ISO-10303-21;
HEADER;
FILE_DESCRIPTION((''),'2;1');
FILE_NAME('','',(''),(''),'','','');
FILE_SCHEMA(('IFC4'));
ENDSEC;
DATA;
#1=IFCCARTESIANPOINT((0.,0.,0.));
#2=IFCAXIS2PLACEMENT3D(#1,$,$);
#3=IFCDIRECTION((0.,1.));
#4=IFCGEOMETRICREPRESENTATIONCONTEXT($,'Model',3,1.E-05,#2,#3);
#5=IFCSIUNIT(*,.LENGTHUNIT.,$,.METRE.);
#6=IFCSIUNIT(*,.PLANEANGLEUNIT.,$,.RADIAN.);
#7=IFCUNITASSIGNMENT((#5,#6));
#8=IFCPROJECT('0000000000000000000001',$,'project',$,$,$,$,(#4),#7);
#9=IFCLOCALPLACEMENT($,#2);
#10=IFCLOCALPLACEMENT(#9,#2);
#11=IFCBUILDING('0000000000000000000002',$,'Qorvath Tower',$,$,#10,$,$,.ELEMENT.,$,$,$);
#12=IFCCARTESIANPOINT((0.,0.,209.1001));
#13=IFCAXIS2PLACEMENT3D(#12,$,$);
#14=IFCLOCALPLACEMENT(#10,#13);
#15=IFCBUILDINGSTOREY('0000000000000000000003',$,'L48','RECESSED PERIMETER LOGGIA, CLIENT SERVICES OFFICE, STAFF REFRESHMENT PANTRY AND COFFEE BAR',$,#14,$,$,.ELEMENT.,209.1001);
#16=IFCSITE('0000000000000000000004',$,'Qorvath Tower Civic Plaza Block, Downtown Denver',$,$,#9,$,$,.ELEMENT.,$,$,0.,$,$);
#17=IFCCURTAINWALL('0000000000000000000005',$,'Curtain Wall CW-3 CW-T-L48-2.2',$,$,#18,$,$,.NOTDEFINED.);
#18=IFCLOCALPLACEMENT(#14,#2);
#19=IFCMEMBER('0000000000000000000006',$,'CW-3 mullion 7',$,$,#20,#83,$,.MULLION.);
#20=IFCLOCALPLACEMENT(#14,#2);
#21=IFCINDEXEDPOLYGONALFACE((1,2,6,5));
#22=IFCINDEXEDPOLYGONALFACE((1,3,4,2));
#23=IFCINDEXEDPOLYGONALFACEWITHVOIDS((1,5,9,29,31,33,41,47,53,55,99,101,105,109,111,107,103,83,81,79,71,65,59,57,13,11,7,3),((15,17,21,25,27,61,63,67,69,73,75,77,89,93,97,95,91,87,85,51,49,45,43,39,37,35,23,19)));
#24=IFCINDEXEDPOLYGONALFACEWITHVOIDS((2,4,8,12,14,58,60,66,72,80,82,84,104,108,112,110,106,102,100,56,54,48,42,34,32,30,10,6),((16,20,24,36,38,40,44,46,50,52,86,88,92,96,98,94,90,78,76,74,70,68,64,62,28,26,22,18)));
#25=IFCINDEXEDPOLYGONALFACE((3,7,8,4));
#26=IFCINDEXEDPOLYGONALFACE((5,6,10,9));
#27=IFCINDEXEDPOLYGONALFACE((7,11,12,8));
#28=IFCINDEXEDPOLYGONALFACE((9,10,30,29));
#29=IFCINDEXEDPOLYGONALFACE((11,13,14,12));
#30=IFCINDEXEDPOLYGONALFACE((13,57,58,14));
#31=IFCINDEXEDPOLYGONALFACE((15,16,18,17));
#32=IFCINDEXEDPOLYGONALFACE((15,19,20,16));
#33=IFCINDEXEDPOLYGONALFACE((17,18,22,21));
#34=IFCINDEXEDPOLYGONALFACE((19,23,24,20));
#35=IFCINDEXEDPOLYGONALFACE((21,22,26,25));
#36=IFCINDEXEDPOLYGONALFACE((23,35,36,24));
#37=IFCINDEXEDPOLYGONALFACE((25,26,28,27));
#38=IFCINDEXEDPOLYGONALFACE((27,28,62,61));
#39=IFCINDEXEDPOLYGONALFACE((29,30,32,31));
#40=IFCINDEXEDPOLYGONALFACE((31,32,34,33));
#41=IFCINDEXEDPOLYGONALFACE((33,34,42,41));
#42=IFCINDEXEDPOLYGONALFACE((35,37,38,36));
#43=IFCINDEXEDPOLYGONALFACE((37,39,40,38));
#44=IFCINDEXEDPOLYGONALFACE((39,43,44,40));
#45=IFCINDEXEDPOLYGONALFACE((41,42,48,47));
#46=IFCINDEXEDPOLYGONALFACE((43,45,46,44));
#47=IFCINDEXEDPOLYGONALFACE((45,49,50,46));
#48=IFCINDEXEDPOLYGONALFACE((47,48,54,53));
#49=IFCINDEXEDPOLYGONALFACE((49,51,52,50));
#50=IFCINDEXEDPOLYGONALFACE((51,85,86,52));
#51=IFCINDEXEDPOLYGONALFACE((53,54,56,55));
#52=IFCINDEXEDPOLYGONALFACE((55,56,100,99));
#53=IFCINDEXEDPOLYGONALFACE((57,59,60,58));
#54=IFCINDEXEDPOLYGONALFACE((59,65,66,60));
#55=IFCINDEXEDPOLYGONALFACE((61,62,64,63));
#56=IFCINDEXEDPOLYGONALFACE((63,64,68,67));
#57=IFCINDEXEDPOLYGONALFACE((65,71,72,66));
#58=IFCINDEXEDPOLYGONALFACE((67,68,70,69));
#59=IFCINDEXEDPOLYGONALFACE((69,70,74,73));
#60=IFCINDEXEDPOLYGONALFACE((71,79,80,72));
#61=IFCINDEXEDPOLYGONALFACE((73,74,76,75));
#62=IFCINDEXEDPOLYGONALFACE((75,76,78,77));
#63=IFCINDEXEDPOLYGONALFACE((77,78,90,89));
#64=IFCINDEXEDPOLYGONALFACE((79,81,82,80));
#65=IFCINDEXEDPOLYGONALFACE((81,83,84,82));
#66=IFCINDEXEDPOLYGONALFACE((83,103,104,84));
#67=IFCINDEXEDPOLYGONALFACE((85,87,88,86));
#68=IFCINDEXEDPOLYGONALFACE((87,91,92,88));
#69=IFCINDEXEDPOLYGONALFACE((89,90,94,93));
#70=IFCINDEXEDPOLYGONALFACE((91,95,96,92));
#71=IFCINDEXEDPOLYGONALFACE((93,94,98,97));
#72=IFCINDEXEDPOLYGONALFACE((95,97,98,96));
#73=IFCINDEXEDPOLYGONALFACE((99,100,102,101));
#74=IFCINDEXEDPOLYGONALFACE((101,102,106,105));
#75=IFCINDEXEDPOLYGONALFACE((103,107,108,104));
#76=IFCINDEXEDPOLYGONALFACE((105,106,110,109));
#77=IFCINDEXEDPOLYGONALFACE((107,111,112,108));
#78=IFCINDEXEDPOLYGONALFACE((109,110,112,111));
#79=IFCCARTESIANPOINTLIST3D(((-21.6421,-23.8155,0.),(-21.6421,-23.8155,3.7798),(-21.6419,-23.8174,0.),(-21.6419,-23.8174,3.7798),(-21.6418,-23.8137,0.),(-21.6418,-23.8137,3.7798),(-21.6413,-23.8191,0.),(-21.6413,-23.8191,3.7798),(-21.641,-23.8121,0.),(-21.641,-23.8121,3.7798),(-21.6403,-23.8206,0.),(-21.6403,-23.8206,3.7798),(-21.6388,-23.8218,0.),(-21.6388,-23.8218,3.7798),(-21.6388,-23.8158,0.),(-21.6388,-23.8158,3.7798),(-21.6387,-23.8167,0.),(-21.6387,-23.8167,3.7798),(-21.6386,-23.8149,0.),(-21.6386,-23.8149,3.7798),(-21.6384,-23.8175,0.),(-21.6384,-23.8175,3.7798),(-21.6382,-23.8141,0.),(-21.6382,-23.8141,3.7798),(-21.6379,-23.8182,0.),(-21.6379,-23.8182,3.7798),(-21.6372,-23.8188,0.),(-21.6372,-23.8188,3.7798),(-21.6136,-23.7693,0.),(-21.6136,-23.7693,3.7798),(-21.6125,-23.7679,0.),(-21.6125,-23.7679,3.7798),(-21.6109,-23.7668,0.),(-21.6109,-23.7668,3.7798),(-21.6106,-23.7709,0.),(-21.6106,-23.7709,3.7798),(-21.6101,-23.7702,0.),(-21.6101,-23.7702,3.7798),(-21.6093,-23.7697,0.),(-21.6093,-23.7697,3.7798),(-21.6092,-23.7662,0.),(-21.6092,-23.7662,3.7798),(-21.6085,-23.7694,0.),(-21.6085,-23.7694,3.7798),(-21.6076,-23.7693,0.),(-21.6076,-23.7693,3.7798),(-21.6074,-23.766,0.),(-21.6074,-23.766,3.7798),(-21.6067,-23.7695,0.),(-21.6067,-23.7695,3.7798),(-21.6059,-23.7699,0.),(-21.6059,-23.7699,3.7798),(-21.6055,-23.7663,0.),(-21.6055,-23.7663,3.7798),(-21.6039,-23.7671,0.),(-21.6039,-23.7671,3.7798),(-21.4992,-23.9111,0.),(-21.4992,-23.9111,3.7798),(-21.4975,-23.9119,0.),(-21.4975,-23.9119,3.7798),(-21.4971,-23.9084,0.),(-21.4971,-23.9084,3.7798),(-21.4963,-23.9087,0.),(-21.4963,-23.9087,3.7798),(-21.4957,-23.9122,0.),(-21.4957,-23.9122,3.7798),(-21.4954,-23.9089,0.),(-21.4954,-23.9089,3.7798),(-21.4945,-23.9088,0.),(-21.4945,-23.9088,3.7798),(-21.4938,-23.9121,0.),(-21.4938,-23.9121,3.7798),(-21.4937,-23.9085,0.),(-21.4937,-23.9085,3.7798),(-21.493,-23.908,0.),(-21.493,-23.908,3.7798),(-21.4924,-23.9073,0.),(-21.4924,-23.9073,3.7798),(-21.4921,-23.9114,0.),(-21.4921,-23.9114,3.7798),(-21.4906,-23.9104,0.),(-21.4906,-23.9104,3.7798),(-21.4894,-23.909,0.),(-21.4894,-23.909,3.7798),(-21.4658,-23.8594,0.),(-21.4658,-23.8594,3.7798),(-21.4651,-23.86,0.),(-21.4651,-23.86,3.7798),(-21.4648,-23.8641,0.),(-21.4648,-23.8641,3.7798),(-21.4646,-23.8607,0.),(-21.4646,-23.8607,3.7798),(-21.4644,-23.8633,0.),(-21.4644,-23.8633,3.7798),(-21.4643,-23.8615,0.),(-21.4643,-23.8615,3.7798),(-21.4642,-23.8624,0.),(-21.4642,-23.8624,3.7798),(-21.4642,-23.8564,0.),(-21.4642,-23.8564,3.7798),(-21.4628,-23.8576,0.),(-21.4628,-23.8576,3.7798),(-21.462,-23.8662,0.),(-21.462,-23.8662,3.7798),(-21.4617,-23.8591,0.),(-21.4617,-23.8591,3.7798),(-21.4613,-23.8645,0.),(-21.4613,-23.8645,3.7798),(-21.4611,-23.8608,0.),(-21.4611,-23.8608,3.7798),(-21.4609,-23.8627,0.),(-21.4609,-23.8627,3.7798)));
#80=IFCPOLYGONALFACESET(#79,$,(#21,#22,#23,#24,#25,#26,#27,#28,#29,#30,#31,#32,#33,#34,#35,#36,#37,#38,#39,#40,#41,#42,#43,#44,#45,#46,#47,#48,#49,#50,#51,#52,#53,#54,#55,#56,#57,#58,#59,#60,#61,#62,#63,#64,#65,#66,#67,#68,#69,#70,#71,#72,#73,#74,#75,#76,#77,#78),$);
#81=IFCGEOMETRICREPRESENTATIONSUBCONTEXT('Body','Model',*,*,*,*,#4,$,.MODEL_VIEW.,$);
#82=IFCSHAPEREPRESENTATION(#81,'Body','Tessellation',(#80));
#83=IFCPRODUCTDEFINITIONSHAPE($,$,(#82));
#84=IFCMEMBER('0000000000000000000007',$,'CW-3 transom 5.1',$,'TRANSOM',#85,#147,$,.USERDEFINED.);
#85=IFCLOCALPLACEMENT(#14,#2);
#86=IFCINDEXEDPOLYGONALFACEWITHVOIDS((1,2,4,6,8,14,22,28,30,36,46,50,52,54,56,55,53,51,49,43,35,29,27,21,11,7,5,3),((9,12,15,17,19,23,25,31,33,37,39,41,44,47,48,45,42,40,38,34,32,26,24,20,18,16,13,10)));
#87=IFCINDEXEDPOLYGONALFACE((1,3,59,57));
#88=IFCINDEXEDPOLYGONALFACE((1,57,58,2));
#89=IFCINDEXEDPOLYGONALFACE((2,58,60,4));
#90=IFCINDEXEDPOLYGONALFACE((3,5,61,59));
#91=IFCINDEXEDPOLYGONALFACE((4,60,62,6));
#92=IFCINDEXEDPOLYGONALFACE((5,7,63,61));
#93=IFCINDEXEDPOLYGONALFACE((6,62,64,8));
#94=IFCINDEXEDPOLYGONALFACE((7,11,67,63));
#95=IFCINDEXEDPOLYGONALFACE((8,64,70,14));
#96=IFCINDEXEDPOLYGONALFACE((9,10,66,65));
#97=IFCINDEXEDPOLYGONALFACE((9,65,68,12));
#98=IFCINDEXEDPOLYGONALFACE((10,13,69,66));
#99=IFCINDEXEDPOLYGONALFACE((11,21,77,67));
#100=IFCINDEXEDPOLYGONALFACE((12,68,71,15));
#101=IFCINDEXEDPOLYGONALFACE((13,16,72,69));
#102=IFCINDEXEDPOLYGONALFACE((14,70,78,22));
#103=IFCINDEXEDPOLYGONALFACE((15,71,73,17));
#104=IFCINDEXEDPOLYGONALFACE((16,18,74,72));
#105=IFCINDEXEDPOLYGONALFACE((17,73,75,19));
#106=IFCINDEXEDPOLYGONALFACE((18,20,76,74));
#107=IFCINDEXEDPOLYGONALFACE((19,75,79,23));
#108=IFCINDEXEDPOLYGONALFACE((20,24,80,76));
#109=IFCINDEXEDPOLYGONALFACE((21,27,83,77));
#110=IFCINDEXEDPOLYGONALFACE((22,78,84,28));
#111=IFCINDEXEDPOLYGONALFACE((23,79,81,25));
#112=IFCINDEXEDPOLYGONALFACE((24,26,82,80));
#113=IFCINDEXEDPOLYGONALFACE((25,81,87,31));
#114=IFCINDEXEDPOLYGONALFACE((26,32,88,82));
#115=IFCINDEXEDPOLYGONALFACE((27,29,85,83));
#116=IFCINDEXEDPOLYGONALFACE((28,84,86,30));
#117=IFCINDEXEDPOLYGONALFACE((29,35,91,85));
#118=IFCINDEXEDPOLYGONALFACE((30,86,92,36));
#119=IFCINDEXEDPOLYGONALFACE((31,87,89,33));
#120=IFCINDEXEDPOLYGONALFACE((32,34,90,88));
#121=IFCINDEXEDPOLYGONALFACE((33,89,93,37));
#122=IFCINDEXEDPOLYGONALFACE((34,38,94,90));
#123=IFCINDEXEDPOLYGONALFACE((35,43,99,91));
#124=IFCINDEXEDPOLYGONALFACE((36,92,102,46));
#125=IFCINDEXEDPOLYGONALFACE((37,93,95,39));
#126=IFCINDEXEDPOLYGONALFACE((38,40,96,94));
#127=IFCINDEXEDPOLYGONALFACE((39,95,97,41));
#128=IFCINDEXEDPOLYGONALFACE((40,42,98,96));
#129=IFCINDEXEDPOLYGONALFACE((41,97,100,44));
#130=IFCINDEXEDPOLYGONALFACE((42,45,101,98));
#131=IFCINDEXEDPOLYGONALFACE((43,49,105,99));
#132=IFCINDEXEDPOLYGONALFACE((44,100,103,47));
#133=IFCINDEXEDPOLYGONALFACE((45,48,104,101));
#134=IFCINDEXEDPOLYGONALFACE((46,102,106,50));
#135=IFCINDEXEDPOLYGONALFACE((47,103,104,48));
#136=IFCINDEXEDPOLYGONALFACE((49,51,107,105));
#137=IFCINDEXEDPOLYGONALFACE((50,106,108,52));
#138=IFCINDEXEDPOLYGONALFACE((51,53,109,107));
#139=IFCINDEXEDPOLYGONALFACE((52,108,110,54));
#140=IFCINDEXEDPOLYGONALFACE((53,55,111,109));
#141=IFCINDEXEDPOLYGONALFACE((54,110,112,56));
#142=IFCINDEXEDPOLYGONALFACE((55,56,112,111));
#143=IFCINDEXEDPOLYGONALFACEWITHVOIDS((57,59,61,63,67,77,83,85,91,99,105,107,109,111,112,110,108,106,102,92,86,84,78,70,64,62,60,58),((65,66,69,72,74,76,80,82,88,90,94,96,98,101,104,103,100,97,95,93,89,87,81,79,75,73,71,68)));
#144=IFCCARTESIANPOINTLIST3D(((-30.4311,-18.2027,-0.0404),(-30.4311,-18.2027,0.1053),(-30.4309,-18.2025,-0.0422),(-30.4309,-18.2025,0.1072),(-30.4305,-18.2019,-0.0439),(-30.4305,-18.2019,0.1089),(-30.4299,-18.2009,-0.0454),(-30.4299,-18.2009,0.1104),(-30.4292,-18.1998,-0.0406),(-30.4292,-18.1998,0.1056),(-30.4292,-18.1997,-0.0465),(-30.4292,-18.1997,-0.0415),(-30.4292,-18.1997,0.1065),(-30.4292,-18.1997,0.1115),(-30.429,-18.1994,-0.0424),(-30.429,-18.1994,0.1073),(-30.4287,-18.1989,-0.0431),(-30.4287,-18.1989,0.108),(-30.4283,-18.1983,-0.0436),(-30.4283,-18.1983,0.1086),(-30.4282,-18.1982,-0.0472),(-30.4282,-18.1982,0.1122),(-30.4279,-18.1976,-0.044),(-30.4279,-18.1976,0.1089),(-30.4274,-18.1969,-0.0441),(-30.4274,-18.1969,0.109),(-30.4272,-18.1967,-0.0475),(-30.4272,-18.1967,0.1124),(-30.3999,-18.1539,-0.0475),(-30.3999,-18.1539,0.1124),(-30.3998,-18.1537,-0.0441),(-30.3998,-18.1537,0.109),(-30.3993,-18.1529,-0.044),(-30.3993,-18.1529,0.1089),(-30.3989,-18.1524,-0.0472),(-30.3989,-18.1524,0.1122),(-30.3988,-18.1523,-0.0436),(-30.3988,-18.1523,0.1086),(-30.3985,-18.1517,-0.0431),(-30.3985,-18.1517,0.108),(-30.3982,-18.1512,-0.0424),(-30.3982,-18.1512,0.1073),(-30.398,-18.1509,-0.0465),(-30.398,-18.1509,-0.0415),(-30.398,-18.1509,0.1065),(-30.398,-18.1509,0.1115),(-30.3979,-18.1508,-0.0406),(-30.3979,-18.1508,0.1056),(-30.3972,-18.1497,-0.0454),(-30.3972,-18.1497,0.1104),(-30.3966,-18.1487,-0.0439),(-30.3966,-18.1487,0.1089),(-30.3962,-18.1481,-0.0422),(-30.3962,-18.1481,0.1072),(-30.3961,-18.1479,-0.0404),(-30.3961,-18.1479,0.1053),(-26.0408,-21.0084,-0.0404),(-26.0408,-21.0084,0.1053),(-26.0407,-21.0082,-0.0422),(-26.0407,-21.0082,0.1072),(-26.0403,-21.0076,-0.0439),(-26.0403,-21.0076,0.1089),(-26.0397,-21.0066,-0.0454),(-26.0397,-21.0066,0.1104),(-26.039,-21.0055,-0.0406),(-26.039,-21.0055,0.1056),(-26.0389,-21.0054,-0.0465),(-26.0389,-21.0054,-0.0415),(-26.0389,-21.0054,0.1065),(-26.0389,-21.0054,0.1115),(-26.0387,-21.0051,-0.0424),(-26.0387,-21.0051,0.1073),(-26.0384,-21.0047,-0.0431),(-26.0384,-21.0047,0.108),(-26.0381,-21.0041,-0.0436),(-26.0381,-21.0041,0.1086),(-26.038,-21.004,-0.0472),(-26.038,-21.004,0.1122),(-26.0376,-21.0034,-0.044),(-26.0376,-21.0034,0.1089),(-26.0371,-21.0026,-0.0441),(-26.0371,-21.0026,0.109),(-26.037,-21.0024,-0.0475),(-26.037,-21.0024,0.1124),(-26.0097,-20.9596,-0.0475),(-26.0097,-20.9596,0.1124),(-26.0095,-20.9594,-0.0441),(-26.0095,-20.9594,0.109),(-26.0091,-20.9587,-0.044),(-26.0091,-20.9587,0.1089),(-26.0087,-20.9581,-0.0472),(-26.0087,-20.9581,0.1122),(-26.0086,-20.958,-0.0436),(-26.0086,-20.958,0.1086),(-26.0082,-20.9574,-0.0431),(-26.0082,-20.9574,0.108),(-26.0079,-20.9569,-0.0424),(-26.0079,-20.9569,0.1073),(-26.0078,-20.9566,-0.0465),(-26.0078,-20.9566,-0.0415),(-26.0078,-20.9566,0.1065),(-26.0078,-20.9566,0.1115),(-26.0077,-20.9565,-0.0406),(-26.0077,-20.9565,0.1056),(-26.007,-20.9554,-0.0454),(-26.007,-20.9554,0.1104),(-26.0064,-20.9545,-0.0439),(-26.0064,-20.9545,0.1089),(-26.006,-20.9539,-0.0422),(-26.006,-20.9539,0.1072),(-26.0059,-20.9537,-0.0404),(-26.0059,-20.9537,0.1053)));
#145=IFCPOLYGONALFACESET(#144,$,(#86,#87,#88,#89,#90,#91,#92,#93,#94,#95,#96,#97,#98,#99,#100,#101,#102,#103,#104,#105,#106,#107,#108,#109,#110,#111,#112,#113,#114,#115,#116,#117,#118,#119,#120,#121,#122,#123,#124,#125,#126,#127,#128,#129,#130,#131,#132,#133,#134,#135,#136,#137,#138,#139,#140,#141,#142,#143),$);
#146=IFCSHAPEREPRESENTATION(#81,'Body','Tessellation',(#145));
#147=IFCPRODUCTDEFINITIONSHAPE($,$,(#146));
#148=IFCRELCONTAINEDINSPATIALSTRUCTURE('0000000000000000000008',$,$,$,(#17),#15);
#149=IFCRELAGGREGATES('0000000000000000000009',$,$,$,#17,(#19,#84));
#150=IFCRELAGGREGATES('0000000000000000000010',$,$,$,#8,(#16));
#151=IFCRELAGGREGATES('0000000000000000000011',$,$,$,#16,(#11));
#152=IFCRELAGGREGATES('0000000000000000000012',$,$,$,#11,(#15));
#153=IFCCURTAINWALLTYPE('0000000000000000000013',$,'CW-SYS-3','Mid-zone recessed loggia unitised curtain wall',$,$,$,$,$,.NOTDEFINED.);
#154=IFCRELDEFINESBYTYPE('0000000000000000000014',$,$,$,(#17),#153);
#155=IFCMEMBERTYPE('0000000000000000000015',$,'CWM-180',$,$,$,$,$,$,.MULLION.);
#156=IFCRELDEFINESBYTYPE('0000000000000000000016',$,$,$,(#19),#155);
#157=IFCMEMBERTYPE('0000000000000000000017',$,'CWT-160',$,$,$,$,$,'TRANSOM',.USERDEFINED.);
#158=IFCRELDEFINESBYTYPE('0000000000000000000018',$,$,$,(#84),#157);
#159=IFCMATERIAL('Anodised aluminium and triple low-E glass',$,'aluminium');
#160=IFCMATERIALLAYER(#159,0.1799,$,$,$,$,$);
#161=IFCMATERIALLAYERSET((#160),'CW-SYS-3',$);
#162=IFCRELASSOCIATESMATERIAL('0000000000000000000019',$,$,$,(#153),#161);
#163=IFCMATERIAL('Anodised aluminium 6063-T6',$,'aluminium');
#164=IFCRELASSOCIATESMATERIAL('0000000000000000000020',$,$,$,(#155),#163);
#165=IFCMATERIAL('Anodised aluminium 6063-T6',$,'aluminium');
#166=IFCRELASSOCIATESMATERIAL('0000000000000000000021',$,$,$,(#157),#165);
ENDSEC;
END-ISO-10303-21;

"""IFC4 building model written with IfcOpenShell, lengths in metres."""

from ifc_helpers import new_model, si_unit, direction, frame, origin, origin_2d, place, context, subcontext, project, spatial, hollow_rectangle, extrude, material, layer, layer_set, material_profile, profile_set, type_object, element, aggregate, save


model = new_model("IFC4")

# Units and contexts
model_context = context("Model", 3, precision=1e-05, world=origin(), true_north=direction((0.0, 1.0)))
body_context = subcontext(model_context, "Body", "Model", "MODEL_VIEW")
ifc_project = project(units=[si_unit("LENGTHUNIT", "METRE"), si_unit("PLANEANGLEUNIT", "RADIAN")], contexts=[model_context])

# Site, building, storey
site_placement = place(None, origin())
site = spatial("IfcSite", under=ifc_project, at=site_placement, Name="Qorvath Tower Civic Plaza Block, Downtown Denver", CompositionType="ELEMENT", RefElevation=0.0)
building_placement = place(site_placement, origin())
building = spatial("IfcBuilding", under=site, at=building_placement, Name="Qorvath Tower", CompositionType="ELEMENT")
storey_placement = place(building_placement, frame((0.0, 0.0, 209.1001)))
storey = spatial("IfcBuildingStorey", under=building, at=storey_placement, Name="L48", Description="RECESSED PERIMETER LOGGIA, CLIENT SERVICES OFFICE, STAFF REFRESHMENT PANTRY AND COFFEE BAR", CompositionType="ELEMENT", Elevation=209.1001)

# Curtain wall, members
ifc_material_1 = material(Name="Anodised aluminium and triple low-E glass", Category="aluminium")
ifc_layer_1 = layer(ifc_material_1, 0.1799)
ifc_layer_set_1 = layer_set([ifc_layer_1], Name="CW-SYS-3")
curtain_wall_type = type_object("IfcCurtainWallType", Name="CW-SYS-3", Description="Mid-zone recessed loggia unitised curtain wall", PredefinedType="NOTDEFINED", material=ifc_layer_set_1)
curtain_wall_placement = place(storey_placement, origin())
curtain_wall = element("IfcCurtainWall", 1, at=curtain_wall_placement, inside=storey, type_object=curtain_wall_type, Name="Curtain Wall CW-3 CW-T-L48-2.2", PredefinedType="NOTDEFINED")
ifc_material_2 = material(Name="Anodised aluminium 6063-T6", Category="aluminium")
ifc_material_profile_1 = material_profile(ifc_material_2, hollow_rectangle(XDim=0.0649, YDim=0.1799, WallThickness=0.0034, InnerFilletRadius=0.0034, OuterFilletRadius=0.0071, at=origin_2d()), Name="CWM 180x65")
ifc_profile_set_1 = profile_set([ifc_material_profile_1], Name="Anodised aluminium 6063-T6")
member_type_1 = type_object("IfcMemberType", Name="CWM-180", PredefinedType="MULLION", material=ifc_profile_set_1)
member_1_placement = place(storey_placement, frame((-21.5515, -23.8391, 0.0), z_axis=(0.0, 0.0, 1.0), x_axis=(0.538533, 0.842605, 0.0)))
member_1 = element("IfcMember", 2, at=member_1_placement, type_object=member_type_1, Name="CW-3 mullion 7", PredefinedType="MULLION", context=body_context, shape_type="SweptSolid", body=[
    extrude(hollow_rectangle(XDim=0.0649, YDim=0.1799, WallThickness=0.0034, InnerFilletRadius=0.0034, OuterFilletRadius=0.0071, at=origin_2d()), origin(), (0.0, 0.0, 1.0), 3.7798),
])
ifc_material_3 = material(Name="Anodised aluminium 6063-T6", Category="aluminium")
ifc_material_profile_2 = material_profile(ifc_material_3, hollow_rectangle(XDim=0.0649, YDim=0.1599, WallThickness=0.0034, InnerFilletRadius=0.0034, OuterFilletRadius=0.0071, at=origin_2d()), Name="CWT 160x65")
ifc_profile_set_2 = profile_set([ifc_material_profile_2], Name="Anodised aluminium 6063-T6")
member_type_2 = type_object("IfcMemberType", Name="CWT-160", ElementType="TRANSOM", PredefinedType="USERDEFINED", material=ifc_profile_set_2)
member_2_placement = place(storey_placement, frame((-30.4136, -18.1753, 0.0325), z_axis=(0.842622, -0.538506, 0.0), x_axis=(0.538506, 0.842622, 0.0)))
member_2 = element("IfcMember", 3, at=member_2_placement, type_object=member_type_2, Name="CW-3 transom 5.1", ObjectType="TRANSOM", PredefinedType="USERDEFINED", context=body_context, shape_type="SweptSolid", body=[
    extrude(hollow_rectangle(XDim=0.0649, YDim=0.1599, WallThickness=0.0034, InnerFilletRadius=0.0034, OuterFilletRadius=0.0071, at=origin_2d()), origin(), (0.0, 0.0, 1.0), 5.2102),
])
aggregate(curtain_wall, [member_1, member_2])

save(model, "model.ifc")
